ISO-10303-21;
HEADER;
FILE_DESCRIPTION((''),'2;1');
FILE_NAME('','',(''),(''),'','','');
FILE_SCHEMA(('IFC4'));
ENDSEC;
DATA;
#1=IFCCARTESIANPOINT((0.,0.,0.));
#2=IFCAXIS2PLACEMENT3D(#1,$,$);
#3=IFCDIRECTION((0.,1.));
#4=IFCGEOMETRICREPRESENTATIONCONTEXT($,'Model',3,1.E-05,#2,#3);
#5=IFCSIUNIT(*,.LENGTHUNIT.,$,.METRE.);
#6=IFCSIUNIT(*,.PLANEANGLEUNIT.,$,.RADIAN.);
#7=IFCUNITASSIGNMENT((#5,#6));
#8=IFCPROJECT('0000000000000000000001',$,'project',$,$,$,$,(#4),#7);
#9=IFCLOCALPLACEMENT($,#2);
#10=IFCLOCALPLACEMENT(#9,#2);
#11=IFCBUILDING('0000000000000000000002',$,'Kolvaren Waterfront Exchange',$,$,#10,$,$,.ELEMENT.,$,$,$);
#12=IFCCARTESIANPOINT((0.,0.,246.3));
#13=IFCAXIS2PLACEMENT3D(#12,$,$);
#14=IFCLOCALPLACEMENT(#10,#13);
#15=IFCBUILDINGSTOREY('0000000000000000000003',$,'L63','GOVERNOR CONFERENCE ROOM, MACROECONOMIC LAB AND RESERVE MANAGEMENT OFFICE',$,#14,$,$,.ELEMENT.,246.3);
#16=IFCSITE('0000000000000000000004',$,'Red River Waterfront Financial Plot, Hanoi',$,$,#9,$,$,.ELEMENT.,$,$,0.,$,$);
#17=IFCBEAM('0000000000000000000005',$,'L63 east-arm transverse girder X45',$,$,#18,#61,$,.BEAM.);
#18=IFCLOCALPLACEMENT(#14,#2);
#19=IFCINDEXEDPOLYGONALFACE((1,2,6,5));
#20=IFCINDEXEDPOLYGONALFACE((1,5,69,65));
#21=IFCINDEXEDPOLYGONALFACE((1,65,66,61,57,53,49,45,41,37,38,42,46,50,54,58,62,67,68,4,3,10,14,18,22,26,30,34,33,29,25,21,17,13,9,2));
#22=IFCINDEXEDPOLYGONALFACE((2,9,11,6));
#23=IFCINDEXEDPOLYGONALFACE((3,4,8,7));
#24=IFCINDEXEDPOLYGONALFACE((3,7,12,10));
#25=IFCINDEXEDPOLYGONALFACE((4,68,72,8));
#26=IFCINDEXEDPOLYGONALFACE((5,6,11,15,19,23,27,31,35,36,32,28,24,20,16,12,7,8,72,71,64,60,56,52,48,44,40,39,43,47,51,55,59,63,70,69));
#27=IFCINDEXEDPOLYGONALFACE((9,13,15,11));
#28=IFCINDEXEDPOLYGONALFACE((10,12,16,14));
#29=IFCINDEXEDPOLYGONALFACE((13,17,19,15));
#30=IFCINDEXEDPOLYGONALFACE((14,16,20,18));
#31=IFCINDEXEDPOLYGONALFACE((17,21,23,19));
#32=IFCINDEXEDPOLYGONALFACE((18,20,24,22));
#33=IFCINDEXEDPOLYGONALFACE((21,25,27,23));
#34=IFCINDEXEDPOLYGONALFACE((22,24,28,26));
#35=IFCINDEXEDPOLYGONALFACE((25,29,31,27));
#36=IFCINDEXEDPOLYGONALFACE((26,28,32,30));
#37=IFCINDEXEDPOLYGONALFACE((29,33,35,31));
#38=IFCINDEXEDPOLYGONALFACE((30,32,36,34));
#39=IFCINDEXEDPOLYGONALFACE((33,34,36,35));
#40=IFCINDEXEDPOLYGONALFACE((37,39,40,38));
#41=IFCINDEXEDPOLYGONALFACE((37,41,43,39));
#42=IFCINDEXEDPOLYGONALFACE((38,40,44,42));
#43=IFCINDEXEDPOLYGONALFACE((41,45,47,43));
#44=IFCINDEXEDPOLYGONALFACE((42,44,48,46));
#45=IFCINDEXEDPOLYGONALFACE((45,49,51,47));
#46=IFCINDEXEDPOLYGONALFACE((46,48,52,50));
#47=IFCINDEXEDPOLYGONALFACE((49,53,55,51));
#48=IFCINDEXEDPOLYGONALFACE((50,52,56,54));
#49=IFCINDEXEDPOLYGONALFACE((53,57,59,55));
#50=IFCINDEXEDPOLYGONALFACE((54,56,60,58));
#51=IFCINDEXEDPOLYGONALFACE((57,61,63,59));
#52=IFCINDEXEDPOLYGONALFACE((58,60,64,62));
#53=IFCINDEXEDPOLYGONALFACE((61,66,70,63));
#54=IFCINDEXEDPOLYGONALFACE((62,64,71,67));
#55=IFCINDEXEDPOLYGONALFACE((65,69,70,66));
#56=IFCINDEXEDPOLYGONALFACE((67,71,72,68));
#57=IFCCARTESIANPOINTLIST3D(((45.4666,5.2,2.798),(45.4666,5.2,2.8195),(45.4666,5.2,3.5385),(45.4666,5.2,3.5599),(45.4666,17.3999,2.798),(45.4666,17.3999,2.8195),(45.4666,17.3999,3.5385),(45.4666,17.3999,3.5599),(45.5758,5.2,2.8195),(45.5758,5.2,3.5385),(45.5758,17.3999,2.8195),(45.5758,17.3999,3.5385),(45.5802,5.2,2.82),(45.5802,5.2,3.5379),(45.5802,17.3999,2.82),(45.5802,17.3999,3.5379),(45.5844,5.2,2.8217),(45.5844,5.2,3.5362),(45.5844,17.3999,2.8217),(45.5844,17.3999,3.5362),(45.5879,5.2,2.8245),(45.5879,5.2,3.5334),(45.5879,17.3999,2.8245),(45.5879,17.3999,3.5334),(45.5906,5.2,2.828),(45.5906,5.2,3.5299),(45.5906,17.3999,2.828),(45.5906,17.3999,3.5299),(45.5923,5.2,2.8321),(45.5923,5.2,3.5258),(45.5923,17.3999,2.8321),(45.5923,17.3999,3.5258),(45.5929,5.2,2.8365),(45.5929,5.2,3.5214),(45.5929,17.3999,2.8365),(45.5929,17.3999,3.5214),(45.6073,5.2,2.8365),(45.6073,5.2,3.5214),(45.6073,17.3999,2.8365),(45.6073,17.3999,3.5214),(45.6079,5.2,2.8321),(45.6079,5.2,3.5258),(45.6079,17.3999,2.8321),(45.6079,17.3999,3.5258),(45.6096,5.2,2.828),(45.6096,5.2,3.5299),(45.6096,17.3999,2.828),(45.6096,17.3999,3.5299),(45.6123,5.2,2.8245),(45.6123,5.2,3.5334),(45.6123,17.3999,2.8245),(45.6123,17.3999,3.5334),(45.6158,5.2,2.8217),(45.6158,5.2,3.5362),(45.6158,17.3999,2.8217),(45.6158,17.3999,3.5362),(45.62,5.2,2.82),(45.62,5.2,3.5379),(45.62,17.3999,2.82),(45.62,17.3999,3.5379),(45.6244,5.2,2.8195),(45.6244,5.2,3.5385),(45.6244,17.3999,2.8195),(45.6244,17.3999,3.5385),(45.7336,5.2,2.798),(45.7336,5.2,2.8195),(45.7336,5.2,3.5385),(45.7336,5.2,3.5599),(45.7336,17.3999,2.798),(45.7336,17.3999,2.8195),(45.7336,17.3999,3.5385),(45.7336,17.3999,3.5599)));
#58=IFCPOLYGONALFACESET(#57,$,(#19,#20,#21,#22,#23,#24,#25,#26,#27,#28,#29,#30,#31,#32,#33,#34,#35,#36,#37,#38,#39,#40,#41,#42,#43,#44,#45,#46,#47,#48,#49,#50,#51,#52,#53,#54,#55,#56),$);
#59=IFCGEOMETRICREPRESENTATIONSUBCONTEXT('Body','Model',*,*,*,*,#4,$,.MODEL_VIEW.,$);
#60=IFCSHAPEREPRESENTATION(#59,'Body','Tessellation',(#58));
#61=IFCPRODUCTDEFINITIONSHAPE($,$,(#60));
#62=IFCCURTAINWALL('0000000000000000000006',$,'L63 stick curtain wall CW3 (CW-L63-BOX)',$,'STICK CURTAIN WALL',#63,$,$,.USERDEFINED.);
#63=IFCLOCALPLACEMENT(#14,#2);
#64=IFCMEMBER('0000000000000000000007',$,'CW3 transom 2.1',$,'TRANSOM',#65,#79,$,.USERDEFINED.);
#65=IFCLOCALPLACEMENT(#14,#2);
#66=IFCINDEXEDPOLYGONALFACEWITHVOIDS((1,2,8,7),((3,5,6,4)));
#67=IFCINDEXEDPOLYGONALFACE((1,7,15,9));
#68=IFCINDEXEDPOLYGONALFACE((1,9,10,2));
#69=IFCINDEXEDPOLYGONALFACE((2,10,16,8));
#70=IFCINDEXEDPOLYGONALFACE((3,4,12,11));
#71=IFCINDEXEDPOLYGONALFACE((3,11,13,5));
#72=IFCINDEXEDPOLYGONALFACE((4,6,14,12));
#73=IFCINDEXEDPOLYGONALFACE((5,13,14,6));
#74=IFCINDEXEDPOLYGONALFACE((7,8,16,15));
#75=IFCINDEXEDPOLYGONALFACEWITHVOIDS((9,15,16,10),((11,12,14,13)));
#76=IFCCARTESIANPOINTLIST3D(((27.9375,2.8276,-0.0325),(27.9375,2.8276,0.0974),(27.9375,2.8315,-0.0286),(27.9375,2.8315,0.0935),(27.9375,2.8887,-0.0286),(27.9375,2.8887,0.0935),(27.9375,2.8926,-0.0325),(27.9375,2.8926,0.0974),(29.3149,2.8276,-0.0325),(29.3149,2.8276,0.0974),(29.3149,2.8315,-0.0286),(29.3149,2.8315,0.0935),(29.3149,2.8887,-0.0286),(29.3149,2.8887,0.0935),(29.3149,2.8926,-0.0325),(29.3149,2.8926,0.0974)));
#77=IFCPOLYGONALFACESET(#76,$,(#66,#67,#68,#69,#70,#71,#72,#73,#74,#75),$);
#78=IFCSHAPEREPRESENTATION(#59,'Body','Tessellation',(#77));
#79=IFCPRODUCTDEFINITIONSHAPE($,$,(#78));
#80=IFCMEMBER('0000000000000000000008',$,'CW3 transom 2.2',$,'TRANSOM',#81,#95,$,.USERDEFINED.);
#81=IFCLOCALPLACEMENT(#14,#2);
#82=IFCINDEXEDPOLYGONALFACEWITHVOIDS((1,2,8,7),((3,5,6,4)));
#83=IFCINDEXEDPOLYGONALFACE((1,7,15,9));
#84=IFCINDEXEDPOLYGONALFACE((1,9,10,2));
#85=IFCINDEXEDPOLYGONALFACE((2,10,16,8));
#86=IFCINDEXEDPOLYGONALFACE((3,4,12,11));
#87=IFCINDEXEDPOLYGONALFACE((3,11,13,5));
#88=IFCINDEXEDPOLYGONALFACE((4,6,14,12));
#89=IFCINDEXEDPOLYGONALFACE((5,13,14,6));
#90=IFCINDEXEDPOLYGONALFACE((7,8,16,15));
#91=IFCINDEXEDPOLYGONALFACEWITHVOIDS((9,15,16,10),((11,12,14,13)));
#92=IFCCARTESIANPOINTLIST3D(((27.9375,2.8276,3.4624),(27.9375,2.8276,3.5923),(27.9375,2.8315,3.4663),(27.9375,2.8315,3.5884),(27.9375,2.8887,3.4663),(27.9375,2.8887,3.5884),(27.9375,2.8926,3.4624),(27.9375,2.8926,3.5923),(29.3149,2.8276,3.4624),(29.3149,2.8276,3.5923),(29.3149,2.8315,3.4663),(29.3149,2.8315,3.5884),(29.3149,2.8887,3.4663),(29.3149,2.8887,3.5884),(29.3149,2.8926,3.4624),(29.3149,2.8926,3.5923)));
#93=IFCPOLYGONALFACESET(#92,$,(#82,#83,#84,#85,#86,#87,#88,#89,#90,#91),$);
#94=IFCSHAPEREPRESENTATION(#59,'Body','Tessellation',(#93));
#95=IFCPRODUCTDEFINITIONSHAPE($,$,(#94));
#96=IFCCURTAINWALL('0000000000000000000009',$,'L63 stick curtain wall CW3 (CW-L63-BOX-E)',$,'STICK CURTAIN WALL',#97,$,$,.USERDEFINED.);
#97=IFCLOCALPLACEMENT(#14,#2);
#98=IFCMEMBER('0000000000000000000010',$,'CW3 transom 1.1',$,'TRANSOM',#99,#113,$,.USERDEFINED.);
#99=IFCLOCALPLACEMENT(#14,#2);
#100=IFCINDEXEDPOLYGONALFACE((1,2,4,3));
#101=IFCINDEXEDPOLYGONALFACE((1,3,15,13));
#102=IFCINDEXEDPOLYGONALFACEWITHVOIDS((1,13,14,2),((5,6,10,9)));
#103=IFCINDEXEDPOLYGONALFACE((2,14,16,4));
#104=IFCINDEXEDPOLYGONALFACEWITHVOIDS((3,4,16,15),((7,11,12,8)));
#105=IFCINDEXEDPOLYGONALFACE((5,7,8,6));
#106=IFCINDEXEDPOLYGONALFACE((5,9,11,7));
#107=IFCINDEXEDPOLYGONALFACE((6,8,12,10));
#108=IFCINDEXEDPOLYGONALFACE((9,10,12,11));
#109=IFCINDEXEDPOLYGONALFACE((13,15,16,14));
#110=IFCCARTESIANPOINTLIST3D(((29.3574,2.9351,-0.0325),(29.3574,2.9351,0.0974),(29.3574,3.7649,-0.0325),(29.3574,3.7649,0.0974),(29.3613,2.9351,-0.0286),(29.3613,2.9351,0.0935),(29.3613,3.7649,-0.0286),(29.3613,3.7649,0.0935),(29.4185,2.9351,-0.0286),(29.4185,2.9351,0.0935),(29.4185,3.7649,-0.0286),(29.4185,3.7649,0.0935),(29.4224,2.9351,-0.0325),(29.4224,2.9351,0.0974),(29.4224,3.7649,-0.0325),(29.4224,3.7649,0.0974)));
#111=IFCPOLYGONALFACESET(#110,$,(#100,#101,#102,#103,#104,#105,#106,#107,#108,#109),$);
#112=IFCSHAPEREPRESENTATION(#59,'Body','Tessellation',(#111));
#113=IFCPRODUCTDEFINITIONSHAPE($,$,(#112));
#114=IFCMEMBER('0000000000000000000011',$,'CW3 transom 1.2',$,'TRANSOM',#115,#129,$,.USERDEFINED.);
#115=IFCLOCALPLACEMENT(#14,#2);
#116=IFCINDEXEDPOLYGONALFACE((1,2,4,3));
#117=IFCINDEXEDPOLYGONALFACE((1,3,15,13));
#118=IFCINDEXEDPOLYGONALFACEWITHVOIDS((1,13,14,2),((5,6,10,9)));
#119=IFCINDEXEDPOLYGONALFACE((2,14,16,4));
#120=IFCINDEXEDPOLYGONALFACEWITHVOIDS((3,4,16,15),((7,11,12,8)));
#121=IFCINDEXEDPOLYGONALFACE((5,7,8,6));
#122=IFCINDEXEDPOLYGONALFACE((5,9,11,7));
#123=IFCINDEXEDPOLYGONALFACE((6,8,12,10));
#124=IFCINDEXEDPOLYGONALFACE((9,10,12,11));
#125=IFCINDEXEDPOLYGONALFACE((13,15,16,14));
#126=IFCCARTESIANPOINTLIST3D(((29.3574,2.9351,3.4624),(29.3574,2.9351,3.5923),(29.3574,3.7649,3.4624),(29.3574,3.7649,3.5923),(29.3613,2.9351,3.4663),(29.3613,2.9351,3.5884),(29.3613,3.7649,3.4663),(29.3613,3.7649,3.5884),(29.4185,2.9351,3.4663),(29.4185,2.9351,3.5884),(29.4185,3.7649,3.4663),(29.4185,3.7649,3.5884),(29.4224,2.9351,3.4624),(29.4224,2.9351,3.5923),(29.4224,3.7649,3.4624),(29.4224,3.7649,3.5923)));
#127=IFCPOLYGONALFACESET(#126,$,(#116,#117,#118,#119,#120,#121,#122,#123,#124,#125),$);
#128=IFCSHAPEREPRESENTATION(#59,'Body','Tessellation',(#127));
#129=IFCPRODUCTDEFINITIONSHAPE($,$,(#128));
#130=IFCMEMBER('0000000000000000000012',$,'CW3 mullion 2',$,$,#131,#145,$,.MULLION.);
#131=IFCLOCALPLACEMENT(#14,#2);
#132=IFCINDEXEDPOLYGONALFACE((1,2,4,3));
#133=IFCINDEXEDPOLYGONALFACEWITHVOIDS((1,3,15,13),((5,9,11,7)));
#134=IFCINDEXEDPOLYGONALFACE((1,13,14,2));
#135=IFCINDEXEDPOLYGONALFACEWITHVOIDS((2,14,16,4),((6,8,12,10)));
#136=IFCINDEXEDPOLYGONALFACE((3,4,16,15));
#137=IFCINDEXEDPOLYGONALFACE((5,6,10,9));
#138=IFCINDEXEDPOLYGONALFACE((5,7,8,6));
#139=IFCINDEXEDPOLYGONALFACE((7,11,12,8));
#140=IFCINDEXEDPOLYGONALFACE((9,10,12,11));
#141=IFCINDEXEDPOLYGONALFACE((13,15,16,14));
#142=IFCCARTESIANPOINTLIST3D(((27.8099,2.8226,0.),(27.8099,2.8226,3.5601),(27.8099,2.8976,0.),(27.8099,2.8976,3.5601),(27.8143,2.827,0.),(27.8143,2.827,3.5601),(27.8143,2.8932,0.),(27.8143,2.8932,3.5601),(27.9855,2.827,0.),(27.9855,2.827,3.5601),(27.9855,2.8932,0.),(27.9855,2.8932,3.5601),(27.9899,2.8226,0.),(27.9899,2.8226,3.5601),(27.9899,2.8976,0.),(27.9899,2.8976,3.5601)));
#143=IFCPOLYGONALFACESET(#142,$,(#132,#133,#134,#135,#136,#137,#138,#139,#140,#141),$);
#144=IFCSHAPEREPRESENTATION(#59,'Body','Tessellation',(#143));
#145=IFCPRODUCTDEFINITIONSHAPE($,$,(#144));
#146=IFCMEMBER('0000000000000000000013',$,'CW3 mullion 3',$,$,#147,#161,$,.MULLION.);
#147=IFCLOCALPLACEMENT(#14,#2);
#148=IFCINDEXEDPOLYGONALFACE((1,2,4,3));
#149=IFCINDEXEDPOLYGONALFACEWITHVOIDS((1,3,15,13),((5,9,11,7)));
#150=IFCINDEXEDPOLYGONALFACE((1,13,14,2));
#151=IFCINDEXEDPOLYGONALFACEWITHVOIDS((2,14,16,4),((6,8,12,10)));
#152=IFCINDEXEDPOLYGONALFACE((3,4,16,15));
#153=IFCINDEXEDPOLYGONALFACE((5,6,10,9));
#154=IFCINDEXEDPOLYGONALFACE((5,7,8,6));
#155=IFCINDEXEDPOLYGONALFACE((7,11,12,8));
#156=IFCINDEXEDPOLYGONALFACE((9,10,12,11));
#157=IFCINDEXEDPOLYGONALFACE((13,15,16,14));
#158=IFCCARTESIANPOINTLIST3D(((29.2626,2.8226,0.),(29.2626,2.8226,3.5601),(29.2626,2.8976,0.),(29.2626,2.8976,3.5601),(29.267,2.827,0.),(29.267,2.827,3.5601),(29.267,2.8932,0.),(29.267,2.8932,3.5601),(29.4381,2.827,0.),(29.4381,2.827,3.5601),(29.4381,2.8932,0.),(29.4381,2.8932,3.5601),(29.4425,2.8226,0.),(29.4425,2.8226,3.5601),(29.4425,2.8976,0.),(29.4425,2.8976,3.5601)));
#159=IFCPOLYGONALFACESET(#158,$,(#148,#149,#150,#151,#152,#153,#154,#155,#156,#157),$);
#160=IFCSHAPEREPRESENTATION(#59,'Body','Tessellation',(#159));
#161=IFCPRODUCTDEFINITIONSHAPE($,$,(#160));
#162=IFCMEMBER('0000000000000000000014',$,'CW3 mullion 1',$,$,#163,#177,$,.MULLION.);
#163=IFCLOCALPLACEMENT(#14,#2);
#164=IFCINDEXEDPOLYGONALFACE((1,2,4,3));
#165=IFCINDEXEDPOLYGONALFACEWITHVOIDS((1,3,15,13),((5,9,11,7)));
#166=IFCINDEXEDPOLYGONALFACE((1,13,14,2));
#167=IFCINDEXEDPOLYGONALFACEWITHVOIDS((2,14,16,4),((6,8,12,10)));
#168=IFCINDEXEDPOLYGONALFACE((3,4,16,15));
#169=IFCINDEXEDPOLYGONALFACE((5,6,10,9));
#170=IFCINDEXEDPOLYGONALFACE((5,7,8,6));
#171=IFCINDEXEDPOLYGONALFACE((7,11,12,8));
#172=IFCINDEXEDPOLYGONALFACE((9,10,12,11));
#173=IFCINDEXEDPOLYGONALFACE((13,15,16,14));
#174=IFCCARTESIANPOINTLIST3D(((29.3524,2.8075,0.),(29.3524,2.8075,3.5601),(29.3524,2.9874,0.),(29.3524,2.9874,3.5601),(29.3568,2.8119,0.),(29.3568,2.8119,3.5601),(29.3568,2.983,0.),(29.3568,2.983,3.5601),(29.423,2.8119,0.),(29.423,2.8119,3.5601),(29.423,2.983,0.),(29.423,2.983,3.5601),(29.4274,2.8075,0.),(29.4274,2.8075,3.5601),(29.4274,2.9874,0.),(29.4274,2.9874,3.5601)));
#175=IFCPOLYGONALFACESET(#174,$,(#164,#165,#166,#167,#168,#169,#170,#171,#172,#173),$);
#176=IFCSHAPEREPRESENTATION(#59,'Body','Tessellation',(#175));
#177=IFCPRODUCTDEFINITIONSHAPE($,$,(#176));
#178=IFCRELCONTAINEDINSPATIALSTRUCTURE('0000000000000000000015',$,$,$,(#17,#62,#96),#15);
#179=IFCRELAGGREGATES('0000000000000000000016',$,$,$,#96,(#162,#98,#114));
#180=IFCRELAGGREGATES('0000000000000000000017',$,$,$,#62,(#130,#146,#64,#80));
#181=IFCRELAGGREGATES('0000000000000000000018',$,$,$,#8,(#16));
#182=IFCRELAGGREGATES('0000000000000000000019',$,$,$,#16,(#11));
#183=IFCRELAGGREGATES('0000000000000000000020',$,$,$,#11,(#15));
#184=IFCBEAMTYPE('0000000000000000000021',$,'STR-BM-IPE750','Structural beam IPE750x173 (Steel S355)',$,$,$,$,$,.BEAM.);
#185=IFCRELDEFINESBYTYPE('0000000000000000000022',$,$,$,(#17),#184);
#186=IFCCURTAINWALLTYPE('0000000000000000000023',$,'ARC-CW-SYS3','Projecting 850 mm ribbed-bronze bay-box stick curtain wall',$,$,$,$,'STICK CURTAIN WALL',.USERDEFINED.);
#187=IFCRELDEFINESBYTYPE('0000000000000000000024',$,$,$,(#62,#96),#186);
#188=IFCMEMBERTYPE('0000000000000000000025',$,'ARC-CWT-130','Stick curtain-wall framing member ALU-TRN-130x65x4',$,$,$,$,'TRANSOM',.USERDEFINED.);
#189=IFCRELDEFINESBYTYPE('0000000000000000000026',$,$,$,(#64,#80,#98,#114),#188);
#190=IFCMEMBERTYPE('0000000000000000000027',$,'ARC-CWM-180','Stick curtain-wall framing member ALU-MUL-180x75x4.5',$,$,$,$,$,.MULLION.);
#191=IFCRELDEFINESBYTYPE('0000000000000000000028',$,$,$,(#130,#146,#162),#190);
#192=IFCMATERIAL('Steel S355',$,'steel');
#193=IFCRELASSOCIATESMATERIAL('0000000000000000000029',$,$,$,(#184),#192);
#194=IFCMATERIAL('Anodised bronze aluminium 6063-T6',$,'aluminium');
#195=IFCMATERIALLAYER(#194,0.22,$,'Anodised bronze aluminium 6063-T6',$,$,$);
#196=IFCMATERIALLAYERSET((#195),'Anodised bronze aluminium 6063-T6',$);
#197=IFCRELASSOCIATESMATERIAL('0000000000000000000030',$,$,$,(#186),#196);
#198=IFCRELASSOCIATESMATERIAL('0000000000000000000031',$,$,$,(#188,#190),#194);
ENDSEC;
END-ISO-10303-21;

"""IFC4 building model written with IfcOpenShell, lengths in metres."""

from ifc_helpers import new_model, si_unit, direction, frame, origin, origin_with_axes, origin_2d, place, context, subcontext, project, spatial, hollow_rectangle, i_section, extrude, source, transform, mapped, material, layer, layer_set, material_profile, profile_set, type_object, element, aggregate, save


model = new_model("IFC4")

# Units and contexts
model_context = context("Model", 3, precision=1e-05, world=origin(), true_north=direction((0.0, 1.0)))
body_context = subcontext(model_context, "Body", "Model", "MODEL_VIEW")
ifc_project = project(units=[si_unit("LENGTHUNIT", "METRE"), si_unit("PLANEANGLEUNIT", "RADIAN")], contexts=[model_context])

# Site, building, storey
site_placement = place(None, origin())
site = spatial("IfcSite", under=ifc_project, at=site_placement, Name="Red River Waterfront Financial Plot, Hanoi", CompositionType="ELEMENT", RefElevation=0.0)
building_placement = place(site_placement, origin())
building = spatial("IfcBuilding", under=site, at=building_placement, Name="Kolvaren Waterfront Exchange", CompositionType="ELEMENT")
storey_placement = place(building_placement, frame((0.0, 0.0, 246.3)))
storey = spatial("IfcBuildingStorey", under=building, at=storey_placement, Name="L63", Description="GOVERNOR CONFERENCE ROOM, MACROECONOMIC LAB AND RESERVE MANAGEMENT OFFICE", CompositionType="ELEMENT", Elevation=246.3)

# Beam
ifc_material_1 = material(Name="Steel S355", Category="steel")
ifc_material_profile_1 = material_profile(ifc_material_1, i_section(OverallWidth=0.2671, OverallDepth=0.762, WebThickness=0.0144, FlangeThickness=0.0215, FilletRadius=0.0171, at=origin_2d()), Name="IPE750x173")
ifc_profile_set_1 = profile_set([ifc_material_profile_1], Name="Steel S355")
beam_type_1 = type_object("IfcBeamType", Name="STR-BM-IPE750", Description="Structural beam IPE750x173 (Steel S355)", PredefinedType="BEAM", material=ifc_profile_set_1)
for number, where, z_axis, x_axis, name in (
    (1, (45.6001, 5.2, 3.179), (0.0, 1.0, 0.0), (-1.0, 0.0, 0.0), "L63 east-arm transverse girder X45"),
):
    element("IfcBeam", number, at=place(storey_placement, frame(where, z_axis=z_axis, x_axis=x_axis)), inside=storey, type_object=beam_type_1, Name=name, PredefinedType="BEAM", context=body_context, shape_type="SweptSolid", body=[
        extrude(i_section(OverallWidth=0.2671, OverallDepth=0.762, WebThickness=0.0144, FlangeThickness=0.0215, FilletRadius=0.0171, at=origin_2d()), origin(), (0.0, 0.0, 1.0), 12.2),
    ])

# Curtain walls, members
ifc_material_2 = material(Name="Anodised bronze aluminium 6063-T6", Category="aluminium")
ifc_layer_1 = layer(ifc_material_2, 0.22, Name="Anodised bronze aluminium 6063-T6")
ifc_layer_set_1 = layer_set([ifc_layer_1], Name="Anodised bronze aluminium 6063-T6")
curtain_wall_type_1 = type_object("IfcCurtainWallType", Name="ARC-CW-SYS3", Description="Projecting 850 mm ribbed-bronze bay-box stick curtain wall", ElementType="STICK CURTAIN WALL", PredefinedType="USERDEFINED", material=ifc_layer_set_1)
curtain_wall_1_placement = place(storey_placement, origin())
curtain_wall_1 = element("IfcCurtainWall", 2, at=curtain_wall_1_placement, inside=storey, type_object=curtain_wall_type_1, Name="L63 stick curtain wall CW3 (CW-L63-BOX)", ObjectType="STICK CURTAIN WALL", PredefinedType="USERDEFINED")
ifc_material_profile_2 = material_profile(ifc_material_2, hollow_rectangle(XDim=0.0649, YDim=0.1299, WallThickness=0.0039, at=origin_2d()), Name="ALU-TRN-130x65x4")
ifc_profile_set_2 = profile_set([ifc_material_profile_2], Name="Anodised bronze aluminium 6063-T6")
member_type_1 = type_object("IfcMemberType", Name="ARC-CWT-130", Description="Stick curtain-wall framing member ALU-TRN-130x65x4", ElementType="TRANSOM", PredefinedType="USERDEFINED", material=ifc_profile_set_2)
shared_shape_1 = source(origin_with_axes(), body_context, "Body", "SweptSolid", [
    extrude(hollow_rectangle(XDim=0.0649, YDim=0.1299, WallThickness=0.0039, at=origin_2d()), origin(), (0.0, 0.0, 1.0), 1.3774),
])
member_1_placement = place(storey_placement, frame((27.9375, 2.8601, 0.0325), z_axis=(1.0, 0.0, 0.0), x_axis=(0.0, 1.0, 0.0)))
member_1 = element("IfcMember", 3, at=member_1_placement, type_object=member_type_1, Name="CW3 transom 2.1", ObjectType="TRANSOM", PredefinedType="USERDEFINED", context=body_context, shape_type="MappedRepresentation", body=[
    mapped(shared_shape_1, transform((0.0, 0.0, 0.0), x_axis=(1.0, 0.0, 0.0), y_axis=(0.0, 1.0, 0.0), z_axis=(0.0, 0.0, 1.0), scale=1.0)),
])
member_2_placement = place(storey_placement, frame((27.9375, 2.8601, 3.5273), z_axis=(1.0, 0.0, 0.0), x_axis=(0.0, 1.0, 0.0)))
member_2 = element("IfcMember", 4, at=member_2_placement, type_object=member_type_1, Name="CW3 transom 2.2", ObjectType="TRANSOM", PredefinedType="USERDEFINED", context=body_context, shape_type="MappedRepresentation", body=[
    mapped(shared_shape_1, transform((0.0, 0.0, 0.0), x_axis=(1.0, 0.0, 0.0), y_axis=(0.0, 1.0, 0.0), z_axis=(0.0, 0.0, 1.0), scale=1.0)),
])
curtain_wall_2_placement = place(storey_placement, origin())
curtain_wall_2 = element("IfcCurtainWall", 5, at=curtain_wall_2_placement, inside=storey, type_object=curtain_wall_type_1, Name="L63 stick curtain wall CW3 (CW-L63-BOX-E)", ObjectType="STICK CURTAIN WALL", PredefinedType="USERDEFINED")
shared_shape_2 = source(origin_with_axes(), body_context, "Body", "SweptSolid", [
    extrude(hollow_rectangle(XDim=0.0649, YDim=0.1299, WallThickness=0.0039, at=origin_2d()), origin(), (0.0, 0.0, 1.0), 0.8298),
])
member_3_placement = place(storey_placement, frame((29.3899, 2.9351, 0.0325), z_axis=(0.0, 1.0, 0.0), x_axis=(-1.0, 0.0, 0.0)))
member_3 = element("IfcMember", 6, at=member_3_placement, type_object=member_type_1, Name="CW3 transom 1.1", ObjectType="TRANSOM", PredefinedType="USERDEFINED", context=body_context, shape_type="MappedRepresentation", body=[
    mapped(shared_shape_2, transform((0.0, 0.0, 0.0), x_axis=(1.0, 0.0, 0.0), y_axis=(0.0, 1.0, 0.0), z_axis=(0.0, 0.0, 1.0), scale=1.0)),
])
member_4_placement = place(storey_placement, frame((29.3899, 2.9351, 3.5273), z_axis=(0.0, 1.0, 0.0), x_axis=(-1.0, 0.0, 0.0)))
member_4 = element("IfcMember", 7, at=member_4_placement, type_object=member_type_1, Name="CW3 transom 1.2", ObjectType="TRANSOM", PredefinedType="USERDEFINED", context=body_context, shape_type="MappedRepresentation", body=[
    mapped(shared_shape_2, transform((0.0, 0.0, 0.0), x_axis=(1.0, 0.0, 0.0), y_axis=(0.0, 1.0, 0.0), z_axis=(0.0, 0.0, 1.0), scale=1.0)),
])

# Members
ifc_material_profile_3 = material_profile(ifc_material_2, hollow_rectangle(XDim=0.075, YDim=0.1799, WallThickness=0.0044, at=origin_2d()), Name="ALU-MUL-180x75x4.5")
ifc_profile_set_3 = profile_set([ifc_material_profile_3], Name="Anodised bronze aluminium 6063-T6")
member_type_2 = type_object("IfcMemberType", Name="ARC-CWM-180", Description="Stick curtain-wall framing member ALU-MUL-180x75x4.5", PredefinedType="MULLION", material=ifc_profile_set_3)
shared_shape_3 = source(origin_with_axes(), body_context, "Body", "SweptSolid", [
    extrude(hollow_rectangle(XDim=0.075, YDim=0.1799, WallThickness=0.0044, at=origin_2d()), origin(), (0.0, 0.0, 1.0), 3.5601),
])
member_5_placement = place(storey_placement, frame((27.8999, 2.8601, 0.0), z_axis=(0.0, 0.0, 1.0), x_axis=(0.0, 1.0, 0.0)))
member_5 = element("IfcMember", 8, at=member_5_placement, type_object=member_type_2, Name="CW3 mullion 2", PredefinedType="MULLION", context=body_context, shape_type="MappedRepresentation", body=[
    mapped(shared_shape_3, transform((0.0, 0.0, 0.0), x_axis=(1.0, 0.0, 0.0), y_axis=(0.0, 1.0, 0.0), z_axis=(0.0, 0.0, 1.0), scale=1.0)),
])
member_6_placement = place(storey_placement, frame((29.3525, 2.8601, 0.0), z_axis=(0.0, 0.0, 1.0), x_axis=(0.0, 1.0, 0.0)))
member_6 = element("IfcMember", 9, at=member_6_placement, type_object=member_type_2, Name="CW3 mullion 3", PredefinedType="MULLION", context=body_context, shape_type="MappedRepresentation", body=[
    mapped(shared_shape_3, transform((0.0, 0.0, 0.0), x_axis=(1.0, 0.0, 0.0), y_axis=(0.0, 1.0, 0.0), z_axis=(0.0, 0.0, 1.0), scale=1.0)),
])
member_7_placement = place(storey_placement, frame((29.3899, 2.8975, 0.0), z_axis=(0.0, 0.0, 1.0), x_axis=(-1.0, 0.0, 0.0)))
member_7 = element("IfcMember", 10, at=member_7_placement, type_object=member_type_2, Name="CW3 mullion 1", PredefinedType="MULLION", context=body_context, shape_type="MappedRepresentation", body=[
    mapped(shared_shape_3, transform((0.0, 0.0, 0.0), x_axis=(1.0, 0.0, 0.0), y_axis=(0.0, 1.0, 0.0), z_axis=(0.0, 0.0, 1.0), scale=1.0)),
])

aggregate(curtain_wall_2, [member_7, member_3, member_4])
aggregate(curtain_wall_1, [member_5, member_6, member_1, member_2])

save(model, "model.ifc")
